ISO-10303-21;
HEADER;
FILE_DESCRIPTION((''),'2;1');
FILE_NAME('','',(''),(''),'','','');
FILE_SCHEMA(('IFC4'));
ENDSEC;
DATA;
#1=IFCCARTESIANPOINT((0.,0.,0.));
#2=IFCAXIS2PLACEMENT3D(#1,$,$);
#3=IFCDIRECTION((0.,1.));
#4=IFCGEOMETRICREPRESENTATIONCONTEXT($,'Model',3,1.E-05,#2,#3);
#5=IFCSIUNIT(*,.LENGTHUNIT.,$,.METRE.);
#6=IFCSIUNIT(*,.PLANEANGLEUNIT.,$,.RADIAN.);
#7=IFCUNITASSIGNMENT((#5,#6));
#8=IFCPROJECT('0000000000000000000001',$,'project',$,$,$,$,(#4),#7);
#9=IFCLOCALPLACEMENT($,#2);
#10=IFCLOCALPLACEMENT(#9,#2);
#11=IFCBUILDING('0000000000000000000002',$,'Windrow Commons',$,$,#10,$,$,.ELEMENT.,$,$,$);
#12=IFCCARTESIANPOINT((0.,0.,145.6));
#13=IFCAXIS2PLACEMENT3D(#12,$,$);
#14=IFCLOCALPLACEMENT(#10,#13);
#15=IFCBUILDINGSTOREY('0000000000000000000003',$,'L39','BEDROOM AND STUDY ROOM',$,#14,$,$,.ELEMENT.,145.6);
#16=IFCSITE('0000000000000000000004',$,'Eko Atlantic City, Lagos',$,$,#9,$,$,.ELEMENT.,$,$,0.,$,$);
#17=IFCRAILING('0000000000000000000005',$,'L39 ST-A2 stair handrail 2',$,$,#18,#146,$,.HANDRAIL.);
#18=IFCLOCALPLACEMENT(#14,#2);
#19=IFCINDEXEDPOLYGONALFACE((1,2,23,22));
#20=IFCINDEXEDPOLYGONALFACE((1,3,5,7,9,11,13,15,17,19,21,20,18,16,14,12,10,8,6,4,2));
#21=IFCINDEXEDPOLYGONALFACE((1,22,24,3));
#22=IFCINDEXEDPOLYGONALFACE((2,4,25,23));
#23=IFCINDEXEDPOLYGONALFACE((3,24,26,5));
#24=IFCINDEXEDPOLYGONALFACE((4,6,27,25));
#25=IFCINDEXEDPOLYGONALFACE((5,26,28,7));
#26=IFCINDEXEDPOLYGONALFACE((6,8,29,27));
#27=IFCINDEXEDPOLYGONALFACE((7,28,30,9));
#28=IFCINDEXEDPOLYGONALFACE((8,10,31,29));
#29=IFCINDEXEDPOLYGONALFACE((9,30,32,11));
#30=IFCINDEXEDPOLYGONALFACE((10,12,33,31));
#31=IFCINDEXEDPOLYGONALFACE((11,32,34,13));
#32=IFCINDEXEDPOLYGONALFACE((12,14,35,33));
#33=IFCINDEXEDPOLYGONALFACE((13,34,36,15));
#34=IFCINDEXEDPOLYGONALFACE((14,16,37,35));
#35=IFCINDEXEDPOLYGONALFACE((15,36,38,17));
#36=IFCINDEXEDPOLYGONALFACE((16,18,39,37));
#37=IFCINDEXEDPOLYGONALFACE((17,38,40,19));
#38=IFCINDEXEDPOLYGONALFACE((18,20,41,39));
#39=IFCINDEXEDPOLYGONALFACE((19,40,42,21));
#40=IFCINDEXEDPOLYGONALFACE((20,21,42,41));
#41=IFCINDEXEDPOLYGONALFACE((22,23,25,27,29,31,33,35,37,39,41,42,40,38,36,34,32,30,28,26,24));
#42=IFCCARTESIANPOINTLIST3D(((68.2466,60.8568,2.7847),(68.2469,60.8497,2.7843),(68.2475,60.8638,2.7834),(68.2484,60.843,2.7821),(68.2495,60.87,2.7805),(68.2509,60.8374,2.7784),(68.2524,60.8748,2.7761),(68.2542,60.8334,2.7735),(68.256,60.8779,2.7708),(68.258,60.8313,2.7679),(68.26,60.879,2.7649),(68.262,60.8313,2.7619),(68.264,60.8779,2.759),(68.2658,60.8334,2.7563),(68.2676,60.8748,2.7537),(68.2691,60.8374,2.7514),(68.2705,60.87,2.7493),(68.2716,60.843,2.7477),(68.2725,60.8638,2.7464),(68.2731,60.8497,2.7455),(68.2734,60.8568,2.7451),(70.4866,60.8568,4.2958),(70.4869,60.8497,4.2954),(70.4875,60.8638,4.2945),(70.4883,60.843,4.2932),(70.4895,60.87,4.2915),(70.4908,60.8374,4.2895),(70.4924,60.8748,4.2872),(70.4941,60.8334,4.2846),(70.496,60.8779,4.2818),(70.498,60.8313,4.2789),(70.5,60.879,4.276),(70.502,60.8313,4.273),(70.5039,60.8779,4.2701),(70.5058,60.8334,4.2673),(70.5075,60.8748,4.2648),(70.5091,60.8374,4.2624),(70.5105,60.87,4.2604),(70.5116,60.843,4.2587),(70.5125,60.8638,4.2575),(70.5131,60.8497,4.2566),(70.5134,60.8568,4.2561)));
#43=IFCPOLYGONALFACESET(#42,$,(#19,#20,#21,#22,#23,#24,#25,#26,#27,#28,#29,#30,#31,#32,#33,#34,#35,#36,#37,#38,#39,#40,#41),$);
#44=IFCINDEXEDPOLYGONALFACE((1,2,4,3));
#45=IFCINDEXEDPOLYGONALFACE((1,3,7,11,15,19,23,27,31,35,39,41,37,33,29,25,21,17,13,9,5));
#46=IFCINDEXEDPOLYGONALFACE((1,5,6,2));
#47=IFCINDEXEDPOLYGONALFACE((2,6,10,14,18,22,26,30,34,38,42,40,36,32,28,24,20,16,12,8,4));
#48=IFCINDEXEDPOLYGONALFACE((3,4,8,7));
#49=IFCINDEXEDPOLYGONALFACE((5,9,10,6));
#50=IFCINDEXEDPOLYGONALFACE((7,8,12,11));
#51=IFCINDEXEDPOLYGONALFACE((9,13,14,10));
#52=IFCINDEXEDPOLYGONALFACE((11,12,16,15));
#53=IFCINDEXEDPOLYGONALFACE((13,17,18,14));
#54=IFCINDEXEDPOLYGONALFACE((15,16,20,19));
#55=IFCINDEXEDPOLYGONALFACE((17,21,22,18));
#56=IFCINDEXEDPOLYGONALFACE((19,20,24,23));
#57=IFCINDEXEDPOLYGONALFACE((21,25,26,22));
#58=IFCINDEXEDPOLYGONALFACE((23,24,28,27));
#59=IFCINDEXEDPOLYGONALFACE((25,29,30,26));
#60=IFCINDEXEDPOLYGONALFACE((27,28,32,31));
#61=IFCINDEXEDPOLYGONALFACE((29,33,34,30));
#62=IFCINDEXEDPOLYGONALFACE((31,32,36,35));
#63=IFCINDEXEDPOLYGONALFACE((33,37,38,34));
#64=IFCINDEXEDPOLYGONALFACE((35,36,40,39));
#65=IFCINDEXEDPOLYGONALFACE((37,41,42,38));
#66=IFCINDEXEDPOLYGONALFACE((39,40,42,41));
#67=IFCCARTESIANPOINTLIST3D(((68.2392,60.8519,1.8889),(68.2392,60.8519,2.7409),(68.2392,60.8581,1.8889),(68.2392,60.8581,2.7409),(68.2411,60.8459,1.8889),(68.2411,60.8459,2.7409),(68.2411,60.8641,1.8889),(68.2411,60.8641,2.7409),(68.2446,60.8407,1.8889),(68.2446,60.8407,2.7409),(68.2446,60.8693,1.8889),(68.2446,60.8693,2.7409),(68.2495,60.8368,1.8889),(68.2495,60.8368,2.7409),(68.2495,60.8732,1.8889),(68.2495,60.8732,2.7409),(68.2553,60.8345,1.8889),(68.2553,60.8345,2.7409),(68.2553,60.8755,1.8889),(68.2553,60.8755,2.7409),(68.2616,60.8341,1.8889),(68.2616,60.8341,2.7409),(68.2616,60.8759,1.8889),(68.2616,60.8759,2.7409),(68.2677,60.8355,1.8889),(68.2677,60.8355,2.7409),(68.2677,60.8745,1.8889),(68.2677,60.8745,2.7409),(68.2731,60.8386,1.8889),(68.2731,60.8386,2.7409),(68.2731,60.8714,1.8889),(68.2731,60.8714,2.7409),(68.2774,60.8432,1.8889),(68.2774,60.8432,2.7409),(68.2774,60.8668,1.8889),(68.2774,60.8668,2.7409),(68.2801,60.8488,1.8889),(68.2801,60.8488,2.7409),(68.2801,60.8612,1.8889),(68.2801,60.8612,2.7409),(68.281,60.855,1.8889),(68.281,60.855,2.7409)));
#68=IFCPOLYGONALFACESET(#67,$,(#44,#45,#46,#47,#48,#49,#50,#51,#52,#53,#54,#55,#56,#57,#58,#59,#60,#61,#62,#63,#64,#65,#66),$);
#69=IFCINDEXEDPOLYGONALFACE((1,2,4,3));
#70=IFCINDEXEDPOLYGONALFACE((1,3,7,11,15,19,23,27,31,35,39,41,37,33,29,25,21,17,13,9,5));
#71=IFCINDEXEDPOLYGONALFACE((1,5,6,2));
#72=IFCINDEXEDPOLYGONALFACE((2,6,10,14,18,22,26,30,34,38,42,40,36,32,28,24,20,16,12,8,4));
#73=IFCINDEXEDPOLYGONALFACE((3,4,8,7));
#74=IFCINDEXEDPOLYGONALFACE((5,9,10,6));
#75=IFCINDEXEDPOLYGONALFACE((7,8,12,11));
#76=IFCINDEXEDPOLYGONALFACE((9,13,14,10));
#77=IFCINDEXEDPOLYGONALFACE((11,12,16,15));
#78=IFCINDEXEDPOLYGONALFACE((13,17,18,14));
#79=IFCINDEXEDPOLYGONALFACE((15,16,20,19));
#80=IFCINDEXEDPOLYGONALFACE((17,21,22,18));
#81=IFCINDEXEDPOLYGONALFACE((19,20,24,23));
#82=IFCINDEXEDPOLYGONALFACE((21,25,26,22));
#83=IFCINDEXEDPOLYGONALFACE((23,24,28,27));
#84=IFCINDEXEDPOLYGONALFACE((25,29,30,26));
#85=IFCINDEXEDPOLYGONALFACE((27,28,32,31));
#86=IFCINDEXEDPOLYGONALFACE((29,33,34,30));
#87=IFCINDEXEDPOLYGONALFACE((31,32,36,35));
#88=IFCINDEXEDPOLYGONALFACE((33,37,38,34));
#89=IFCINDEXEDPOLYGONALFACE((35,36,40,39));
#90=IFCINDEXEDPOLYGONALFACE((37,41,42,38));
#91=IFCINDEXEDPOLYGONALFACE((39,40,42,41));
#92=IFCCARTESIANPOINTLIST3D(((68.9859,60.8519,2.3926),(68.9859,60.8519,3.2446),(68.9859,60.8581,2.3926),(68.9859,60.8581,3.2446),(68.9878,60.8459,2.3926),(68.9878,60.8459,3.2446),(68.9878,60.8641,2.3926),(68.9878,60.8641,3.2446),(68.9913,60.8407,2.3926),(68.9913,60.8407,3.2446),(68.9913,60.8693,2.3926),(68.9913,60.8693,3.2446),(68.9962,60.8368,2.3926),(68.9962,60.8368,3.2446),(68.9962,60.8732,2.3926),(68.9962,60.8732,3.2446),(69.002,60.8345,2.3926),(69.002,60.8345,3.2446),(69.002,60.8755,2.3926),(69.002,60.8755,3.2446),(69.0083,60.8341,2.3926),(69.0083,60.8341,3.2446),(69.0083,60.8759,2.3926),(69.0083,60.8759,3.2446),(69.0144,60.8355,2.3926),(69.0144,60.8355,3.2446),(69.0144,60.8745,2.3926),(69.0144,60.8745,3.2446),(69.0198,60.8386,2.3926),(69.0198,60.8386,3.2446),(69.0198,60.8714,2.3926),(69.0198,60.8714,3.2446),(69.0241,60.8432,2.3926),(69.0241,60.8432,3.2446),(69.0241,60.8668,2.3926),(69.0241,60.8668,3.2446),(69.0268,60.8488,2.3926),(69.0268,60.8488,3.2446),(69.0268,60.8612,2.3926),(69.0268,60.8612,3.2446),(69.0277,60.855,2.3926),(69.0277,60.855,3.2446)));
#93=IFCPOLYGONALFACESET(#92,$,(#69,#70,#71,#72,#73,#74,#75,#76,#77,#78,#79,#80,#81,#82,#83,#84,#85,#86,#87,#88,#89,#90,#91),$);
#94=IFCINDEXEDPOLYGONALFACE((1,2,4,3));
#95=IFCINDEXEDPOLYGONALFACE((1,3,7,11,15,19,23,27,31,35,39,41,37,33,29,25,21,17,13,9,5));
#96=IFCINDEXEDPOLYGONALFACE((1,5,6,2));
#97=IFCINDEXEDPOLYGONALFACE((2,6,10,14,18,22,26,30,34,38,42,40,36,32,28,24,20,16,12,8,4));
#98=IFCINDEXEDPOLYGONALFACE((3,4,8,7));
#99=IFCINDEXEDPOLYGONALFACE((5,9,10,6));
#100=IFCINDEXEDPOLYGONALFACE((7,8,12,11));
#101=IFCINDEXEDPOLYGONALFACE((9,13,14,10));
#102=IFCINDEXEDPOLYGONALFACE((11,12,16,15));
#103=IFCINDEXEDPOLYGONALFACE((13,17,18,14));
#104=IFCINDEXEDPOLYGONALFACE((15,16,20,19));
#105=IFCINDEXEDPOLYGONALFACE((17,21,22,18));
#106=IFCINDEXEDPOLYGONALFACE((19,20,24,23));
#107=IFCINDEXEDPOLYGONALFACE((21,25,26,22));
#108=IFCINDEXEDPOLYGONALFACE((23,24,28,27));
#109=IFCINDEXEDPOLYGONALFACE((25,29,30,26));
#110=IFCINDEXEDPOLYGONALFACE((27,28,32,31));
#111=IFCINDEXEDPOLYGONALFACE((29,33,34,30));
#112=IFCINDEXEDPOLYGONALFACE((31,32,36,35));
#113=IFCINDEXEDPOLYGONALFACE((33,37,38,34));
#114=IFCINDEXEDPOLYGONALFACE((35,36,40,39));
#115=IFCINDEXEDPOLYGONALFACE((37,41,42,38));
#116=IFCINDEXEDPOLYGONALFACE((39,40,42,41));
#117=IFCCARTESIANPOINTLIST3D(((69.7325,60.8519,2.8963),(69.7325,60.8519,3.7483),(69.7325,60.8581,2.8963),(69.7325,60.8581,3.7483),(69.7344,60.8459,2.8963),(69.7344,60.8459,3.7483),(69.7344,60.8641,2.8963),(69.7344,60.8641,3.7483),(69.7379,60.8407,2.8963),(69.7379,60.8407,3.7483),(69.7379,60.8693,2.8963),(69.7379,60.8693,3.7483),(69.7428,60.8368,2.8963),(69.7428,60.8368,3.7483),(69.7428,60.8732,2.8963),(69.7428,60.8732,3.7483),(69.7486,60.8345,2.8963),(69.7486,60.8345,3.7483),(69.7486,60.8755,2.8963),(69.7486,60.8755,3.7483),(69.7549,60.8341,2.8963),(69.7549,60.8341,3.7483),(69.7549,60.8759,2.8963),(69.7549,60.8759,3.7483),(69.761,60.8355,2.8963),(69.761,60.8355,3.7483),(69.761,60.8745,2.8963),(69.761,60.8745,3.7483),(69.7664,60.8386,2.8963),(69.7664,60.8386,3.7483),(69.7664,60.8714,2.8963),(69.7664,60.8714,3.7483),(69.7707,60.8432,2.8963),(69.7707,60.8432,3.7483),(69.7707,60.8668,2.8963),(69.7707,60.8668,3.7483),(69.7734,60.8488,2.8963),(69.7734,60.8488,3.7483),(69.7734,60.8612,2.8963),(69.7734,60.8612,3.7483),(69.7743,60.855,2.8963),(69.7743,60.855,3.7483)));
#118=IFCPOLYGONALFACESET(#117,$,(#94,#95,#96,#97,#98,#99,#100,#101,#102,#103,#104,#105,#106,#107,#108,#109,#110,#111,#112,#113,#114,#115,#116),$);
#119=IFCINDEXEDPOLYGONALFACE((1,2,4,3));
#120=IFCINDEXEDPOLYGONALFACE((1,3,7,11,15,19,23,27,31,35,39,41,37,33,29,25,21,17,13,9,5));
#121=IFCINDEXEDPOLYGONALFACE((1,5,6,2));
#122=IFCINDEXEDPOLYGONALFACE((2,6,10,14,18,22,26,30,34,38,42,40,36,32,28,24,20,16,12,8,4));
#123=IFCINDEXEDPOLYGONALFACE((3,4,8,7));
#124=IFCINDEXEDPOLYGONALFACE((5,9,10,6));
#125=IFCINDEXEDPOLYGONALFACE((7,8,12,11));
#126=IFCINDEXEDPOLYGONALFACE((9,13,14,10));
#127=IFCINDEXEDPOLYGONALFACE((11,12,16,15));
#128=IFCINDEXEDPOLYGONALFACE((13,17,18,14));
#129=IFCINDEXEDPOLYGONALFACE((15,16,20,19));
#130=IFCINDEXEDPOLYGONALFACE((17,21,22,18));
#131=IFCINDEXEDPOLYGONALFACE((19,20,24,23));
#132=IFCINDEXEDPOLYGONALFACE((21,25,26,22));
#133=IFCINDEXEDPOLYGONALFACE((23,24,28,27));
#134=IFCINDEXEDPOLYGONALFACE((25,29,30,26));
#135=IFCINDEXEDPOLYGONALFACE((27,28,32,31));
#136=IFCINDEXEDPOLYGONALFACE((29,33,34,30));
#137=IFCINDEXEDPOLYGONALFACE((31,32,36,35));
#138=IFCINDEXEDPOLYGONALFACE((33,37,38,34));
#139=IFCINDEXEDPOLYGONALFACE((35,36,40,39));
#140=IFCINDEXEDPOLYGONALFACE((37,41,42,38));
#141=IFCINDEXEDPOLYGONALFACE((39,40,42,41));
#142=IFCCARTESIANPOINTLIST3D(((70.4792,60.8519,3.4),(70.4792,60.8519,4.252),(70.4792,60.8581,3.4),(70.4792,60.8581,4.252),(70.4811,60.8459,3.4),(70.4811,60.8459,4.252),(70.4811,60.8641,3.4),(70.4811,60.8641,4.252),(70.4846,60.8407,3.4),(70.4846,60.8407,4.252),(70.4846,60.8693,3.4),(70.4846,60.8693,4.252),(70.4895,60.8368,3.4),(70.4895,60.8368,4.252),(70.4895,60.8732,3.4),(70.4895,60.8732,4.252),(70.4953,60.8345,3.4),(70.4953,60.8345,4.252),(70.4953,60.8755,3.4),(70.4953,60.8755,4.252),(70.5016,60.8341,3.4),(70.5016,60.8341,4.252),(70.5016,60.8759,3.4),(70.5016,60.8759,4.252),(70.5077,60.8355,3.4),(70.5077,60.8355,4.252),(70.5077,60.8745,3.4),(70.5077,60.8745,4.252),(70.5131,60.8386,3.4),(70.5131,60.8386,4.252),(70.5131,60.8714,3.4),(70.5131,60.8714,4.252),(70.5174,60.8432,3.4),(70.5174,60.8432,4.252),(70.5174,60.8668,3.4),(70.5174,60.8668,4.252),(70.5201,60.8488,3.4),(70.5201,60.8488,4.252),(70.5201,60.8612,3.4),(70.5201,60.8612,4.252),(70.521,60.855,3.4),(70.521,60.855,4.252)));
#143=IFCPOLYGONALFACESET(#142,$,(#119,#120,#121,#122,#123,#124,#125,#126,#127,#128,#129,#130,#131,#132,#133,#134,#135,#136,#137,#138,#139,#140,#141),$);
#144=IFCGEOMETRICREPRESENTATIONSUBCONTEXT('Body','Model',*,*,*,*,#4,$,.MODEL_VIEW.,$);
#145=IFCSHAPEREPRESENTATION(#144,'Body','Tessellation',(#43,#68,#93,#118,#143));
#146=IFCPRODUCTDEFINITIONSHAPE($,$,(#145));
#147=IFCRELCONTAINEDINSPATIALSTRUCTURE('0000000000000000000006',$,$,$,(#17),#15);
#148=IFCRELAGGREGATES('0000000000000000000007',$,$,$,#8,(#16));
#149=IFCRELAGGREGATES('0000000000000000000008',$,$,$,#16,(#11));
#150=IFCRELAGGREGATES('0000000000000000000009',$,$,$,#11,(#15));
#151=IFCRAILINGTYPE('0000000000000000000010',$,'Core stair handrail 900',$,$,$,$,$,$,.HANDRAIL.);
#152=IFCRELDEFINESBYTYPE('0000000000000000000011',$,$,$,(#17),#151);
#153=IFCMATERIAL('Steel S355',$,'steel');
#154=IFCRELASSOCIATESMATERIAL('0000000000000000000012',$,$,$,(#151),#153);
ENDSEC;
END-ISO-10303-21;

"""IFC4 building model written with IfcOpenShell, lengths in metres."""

from ifc_helpers import new_model, si_unit, direction, frame, origin, origin_2d, place, context, subcontext, project, spatial, circle, extrude, material, type_object, element, save


model = new_model("IFC4")

# Units and contexts
model_context = context("Model", 3, precision=1e-05, world=origin(), true_north=direction((0.0, 1.0)))
body_context = subcontext(model_context, "Body", "Model", "MODEL_VIEW")
ifc_project = project(units=[si_unit("LENGTHUNIT", "METRE"), si_unit("PLANEANGLEUNIT", "RADIAN")], contexts=[model_context])

# Site, building, storey
site_placement = place(None, origin())
site = spatial("IfcSite", under=ifc_project, at=site_placement, Name="Eko Atlantic City, Lagos", CompositionType="ELEMENT", RefElevation=0.0)
building_placement = place(site_placement, origin())
building = spatial("IfcBuilding", under=site, at=building_placement, Name="Windrow Commons", CompositionType="ELEMENT")
storey_placement = place(building_placement, frame((0.0, 0.0, 145.6)))
storey = spatial("IfcBuildingStorey", under=building, at=storey_placement, Name="L39", Description="BEDROOM AND STUDY ROOM", CompositionType="ELEMENT", Elevation=145.6)

# Railing
ifc_material_1 = material(Name="Steel S355", Category="steel")
railing_type_1 = type_object("IfcRailingType", Name="Core stair handrail 900", PredefinedType="HANDRAIL", material=ifc_material_1)
railing_1_placement = place(storey_placement, frame((68.26, 60.855, 1.8889)))
element("IfcRailing", 1, at=railing_1_placement, inside=storey, type_object=railing_type_1, Name="L39 ST-A2 stair handrail 2", PredefinedType="HANDRAIL", context=body_context, shape_type="SweptSolid", body=[
    extrude(circle(Radius=0.024, at=origin_2d()), frame((0.0, 0.0, 0.876), z_axis=(0.829003, 0.0, 0.559244), x_axis=(0.0, 1.0, 0.0)), (0.0, 0.0, 1.0), 2.702),
    extrude(circle(Radius=0.021, at=origin_2d()), origin(), (0.0, 0.0, 1.0), 0.852),
    extrude(circle(Radius=0.021, at=origin_2d()), frame((0.7467, 0.0, 0.5037)), (0.0, 0.0, 1.0), 0.852),
    extrude(circle(Radius=0.021, at=origin_2d()), frame((1.4933, 0.0, 1.0074)), (0.0, 0.0, 1.0), 0.852),
    extrude(circle(Radius=0.021, at=origin_2d()), frame((2.24, 0.0, 1.5111)), (0.0, 0.0, 1.0), 0.852),
])

save(model, "model.ifc")
